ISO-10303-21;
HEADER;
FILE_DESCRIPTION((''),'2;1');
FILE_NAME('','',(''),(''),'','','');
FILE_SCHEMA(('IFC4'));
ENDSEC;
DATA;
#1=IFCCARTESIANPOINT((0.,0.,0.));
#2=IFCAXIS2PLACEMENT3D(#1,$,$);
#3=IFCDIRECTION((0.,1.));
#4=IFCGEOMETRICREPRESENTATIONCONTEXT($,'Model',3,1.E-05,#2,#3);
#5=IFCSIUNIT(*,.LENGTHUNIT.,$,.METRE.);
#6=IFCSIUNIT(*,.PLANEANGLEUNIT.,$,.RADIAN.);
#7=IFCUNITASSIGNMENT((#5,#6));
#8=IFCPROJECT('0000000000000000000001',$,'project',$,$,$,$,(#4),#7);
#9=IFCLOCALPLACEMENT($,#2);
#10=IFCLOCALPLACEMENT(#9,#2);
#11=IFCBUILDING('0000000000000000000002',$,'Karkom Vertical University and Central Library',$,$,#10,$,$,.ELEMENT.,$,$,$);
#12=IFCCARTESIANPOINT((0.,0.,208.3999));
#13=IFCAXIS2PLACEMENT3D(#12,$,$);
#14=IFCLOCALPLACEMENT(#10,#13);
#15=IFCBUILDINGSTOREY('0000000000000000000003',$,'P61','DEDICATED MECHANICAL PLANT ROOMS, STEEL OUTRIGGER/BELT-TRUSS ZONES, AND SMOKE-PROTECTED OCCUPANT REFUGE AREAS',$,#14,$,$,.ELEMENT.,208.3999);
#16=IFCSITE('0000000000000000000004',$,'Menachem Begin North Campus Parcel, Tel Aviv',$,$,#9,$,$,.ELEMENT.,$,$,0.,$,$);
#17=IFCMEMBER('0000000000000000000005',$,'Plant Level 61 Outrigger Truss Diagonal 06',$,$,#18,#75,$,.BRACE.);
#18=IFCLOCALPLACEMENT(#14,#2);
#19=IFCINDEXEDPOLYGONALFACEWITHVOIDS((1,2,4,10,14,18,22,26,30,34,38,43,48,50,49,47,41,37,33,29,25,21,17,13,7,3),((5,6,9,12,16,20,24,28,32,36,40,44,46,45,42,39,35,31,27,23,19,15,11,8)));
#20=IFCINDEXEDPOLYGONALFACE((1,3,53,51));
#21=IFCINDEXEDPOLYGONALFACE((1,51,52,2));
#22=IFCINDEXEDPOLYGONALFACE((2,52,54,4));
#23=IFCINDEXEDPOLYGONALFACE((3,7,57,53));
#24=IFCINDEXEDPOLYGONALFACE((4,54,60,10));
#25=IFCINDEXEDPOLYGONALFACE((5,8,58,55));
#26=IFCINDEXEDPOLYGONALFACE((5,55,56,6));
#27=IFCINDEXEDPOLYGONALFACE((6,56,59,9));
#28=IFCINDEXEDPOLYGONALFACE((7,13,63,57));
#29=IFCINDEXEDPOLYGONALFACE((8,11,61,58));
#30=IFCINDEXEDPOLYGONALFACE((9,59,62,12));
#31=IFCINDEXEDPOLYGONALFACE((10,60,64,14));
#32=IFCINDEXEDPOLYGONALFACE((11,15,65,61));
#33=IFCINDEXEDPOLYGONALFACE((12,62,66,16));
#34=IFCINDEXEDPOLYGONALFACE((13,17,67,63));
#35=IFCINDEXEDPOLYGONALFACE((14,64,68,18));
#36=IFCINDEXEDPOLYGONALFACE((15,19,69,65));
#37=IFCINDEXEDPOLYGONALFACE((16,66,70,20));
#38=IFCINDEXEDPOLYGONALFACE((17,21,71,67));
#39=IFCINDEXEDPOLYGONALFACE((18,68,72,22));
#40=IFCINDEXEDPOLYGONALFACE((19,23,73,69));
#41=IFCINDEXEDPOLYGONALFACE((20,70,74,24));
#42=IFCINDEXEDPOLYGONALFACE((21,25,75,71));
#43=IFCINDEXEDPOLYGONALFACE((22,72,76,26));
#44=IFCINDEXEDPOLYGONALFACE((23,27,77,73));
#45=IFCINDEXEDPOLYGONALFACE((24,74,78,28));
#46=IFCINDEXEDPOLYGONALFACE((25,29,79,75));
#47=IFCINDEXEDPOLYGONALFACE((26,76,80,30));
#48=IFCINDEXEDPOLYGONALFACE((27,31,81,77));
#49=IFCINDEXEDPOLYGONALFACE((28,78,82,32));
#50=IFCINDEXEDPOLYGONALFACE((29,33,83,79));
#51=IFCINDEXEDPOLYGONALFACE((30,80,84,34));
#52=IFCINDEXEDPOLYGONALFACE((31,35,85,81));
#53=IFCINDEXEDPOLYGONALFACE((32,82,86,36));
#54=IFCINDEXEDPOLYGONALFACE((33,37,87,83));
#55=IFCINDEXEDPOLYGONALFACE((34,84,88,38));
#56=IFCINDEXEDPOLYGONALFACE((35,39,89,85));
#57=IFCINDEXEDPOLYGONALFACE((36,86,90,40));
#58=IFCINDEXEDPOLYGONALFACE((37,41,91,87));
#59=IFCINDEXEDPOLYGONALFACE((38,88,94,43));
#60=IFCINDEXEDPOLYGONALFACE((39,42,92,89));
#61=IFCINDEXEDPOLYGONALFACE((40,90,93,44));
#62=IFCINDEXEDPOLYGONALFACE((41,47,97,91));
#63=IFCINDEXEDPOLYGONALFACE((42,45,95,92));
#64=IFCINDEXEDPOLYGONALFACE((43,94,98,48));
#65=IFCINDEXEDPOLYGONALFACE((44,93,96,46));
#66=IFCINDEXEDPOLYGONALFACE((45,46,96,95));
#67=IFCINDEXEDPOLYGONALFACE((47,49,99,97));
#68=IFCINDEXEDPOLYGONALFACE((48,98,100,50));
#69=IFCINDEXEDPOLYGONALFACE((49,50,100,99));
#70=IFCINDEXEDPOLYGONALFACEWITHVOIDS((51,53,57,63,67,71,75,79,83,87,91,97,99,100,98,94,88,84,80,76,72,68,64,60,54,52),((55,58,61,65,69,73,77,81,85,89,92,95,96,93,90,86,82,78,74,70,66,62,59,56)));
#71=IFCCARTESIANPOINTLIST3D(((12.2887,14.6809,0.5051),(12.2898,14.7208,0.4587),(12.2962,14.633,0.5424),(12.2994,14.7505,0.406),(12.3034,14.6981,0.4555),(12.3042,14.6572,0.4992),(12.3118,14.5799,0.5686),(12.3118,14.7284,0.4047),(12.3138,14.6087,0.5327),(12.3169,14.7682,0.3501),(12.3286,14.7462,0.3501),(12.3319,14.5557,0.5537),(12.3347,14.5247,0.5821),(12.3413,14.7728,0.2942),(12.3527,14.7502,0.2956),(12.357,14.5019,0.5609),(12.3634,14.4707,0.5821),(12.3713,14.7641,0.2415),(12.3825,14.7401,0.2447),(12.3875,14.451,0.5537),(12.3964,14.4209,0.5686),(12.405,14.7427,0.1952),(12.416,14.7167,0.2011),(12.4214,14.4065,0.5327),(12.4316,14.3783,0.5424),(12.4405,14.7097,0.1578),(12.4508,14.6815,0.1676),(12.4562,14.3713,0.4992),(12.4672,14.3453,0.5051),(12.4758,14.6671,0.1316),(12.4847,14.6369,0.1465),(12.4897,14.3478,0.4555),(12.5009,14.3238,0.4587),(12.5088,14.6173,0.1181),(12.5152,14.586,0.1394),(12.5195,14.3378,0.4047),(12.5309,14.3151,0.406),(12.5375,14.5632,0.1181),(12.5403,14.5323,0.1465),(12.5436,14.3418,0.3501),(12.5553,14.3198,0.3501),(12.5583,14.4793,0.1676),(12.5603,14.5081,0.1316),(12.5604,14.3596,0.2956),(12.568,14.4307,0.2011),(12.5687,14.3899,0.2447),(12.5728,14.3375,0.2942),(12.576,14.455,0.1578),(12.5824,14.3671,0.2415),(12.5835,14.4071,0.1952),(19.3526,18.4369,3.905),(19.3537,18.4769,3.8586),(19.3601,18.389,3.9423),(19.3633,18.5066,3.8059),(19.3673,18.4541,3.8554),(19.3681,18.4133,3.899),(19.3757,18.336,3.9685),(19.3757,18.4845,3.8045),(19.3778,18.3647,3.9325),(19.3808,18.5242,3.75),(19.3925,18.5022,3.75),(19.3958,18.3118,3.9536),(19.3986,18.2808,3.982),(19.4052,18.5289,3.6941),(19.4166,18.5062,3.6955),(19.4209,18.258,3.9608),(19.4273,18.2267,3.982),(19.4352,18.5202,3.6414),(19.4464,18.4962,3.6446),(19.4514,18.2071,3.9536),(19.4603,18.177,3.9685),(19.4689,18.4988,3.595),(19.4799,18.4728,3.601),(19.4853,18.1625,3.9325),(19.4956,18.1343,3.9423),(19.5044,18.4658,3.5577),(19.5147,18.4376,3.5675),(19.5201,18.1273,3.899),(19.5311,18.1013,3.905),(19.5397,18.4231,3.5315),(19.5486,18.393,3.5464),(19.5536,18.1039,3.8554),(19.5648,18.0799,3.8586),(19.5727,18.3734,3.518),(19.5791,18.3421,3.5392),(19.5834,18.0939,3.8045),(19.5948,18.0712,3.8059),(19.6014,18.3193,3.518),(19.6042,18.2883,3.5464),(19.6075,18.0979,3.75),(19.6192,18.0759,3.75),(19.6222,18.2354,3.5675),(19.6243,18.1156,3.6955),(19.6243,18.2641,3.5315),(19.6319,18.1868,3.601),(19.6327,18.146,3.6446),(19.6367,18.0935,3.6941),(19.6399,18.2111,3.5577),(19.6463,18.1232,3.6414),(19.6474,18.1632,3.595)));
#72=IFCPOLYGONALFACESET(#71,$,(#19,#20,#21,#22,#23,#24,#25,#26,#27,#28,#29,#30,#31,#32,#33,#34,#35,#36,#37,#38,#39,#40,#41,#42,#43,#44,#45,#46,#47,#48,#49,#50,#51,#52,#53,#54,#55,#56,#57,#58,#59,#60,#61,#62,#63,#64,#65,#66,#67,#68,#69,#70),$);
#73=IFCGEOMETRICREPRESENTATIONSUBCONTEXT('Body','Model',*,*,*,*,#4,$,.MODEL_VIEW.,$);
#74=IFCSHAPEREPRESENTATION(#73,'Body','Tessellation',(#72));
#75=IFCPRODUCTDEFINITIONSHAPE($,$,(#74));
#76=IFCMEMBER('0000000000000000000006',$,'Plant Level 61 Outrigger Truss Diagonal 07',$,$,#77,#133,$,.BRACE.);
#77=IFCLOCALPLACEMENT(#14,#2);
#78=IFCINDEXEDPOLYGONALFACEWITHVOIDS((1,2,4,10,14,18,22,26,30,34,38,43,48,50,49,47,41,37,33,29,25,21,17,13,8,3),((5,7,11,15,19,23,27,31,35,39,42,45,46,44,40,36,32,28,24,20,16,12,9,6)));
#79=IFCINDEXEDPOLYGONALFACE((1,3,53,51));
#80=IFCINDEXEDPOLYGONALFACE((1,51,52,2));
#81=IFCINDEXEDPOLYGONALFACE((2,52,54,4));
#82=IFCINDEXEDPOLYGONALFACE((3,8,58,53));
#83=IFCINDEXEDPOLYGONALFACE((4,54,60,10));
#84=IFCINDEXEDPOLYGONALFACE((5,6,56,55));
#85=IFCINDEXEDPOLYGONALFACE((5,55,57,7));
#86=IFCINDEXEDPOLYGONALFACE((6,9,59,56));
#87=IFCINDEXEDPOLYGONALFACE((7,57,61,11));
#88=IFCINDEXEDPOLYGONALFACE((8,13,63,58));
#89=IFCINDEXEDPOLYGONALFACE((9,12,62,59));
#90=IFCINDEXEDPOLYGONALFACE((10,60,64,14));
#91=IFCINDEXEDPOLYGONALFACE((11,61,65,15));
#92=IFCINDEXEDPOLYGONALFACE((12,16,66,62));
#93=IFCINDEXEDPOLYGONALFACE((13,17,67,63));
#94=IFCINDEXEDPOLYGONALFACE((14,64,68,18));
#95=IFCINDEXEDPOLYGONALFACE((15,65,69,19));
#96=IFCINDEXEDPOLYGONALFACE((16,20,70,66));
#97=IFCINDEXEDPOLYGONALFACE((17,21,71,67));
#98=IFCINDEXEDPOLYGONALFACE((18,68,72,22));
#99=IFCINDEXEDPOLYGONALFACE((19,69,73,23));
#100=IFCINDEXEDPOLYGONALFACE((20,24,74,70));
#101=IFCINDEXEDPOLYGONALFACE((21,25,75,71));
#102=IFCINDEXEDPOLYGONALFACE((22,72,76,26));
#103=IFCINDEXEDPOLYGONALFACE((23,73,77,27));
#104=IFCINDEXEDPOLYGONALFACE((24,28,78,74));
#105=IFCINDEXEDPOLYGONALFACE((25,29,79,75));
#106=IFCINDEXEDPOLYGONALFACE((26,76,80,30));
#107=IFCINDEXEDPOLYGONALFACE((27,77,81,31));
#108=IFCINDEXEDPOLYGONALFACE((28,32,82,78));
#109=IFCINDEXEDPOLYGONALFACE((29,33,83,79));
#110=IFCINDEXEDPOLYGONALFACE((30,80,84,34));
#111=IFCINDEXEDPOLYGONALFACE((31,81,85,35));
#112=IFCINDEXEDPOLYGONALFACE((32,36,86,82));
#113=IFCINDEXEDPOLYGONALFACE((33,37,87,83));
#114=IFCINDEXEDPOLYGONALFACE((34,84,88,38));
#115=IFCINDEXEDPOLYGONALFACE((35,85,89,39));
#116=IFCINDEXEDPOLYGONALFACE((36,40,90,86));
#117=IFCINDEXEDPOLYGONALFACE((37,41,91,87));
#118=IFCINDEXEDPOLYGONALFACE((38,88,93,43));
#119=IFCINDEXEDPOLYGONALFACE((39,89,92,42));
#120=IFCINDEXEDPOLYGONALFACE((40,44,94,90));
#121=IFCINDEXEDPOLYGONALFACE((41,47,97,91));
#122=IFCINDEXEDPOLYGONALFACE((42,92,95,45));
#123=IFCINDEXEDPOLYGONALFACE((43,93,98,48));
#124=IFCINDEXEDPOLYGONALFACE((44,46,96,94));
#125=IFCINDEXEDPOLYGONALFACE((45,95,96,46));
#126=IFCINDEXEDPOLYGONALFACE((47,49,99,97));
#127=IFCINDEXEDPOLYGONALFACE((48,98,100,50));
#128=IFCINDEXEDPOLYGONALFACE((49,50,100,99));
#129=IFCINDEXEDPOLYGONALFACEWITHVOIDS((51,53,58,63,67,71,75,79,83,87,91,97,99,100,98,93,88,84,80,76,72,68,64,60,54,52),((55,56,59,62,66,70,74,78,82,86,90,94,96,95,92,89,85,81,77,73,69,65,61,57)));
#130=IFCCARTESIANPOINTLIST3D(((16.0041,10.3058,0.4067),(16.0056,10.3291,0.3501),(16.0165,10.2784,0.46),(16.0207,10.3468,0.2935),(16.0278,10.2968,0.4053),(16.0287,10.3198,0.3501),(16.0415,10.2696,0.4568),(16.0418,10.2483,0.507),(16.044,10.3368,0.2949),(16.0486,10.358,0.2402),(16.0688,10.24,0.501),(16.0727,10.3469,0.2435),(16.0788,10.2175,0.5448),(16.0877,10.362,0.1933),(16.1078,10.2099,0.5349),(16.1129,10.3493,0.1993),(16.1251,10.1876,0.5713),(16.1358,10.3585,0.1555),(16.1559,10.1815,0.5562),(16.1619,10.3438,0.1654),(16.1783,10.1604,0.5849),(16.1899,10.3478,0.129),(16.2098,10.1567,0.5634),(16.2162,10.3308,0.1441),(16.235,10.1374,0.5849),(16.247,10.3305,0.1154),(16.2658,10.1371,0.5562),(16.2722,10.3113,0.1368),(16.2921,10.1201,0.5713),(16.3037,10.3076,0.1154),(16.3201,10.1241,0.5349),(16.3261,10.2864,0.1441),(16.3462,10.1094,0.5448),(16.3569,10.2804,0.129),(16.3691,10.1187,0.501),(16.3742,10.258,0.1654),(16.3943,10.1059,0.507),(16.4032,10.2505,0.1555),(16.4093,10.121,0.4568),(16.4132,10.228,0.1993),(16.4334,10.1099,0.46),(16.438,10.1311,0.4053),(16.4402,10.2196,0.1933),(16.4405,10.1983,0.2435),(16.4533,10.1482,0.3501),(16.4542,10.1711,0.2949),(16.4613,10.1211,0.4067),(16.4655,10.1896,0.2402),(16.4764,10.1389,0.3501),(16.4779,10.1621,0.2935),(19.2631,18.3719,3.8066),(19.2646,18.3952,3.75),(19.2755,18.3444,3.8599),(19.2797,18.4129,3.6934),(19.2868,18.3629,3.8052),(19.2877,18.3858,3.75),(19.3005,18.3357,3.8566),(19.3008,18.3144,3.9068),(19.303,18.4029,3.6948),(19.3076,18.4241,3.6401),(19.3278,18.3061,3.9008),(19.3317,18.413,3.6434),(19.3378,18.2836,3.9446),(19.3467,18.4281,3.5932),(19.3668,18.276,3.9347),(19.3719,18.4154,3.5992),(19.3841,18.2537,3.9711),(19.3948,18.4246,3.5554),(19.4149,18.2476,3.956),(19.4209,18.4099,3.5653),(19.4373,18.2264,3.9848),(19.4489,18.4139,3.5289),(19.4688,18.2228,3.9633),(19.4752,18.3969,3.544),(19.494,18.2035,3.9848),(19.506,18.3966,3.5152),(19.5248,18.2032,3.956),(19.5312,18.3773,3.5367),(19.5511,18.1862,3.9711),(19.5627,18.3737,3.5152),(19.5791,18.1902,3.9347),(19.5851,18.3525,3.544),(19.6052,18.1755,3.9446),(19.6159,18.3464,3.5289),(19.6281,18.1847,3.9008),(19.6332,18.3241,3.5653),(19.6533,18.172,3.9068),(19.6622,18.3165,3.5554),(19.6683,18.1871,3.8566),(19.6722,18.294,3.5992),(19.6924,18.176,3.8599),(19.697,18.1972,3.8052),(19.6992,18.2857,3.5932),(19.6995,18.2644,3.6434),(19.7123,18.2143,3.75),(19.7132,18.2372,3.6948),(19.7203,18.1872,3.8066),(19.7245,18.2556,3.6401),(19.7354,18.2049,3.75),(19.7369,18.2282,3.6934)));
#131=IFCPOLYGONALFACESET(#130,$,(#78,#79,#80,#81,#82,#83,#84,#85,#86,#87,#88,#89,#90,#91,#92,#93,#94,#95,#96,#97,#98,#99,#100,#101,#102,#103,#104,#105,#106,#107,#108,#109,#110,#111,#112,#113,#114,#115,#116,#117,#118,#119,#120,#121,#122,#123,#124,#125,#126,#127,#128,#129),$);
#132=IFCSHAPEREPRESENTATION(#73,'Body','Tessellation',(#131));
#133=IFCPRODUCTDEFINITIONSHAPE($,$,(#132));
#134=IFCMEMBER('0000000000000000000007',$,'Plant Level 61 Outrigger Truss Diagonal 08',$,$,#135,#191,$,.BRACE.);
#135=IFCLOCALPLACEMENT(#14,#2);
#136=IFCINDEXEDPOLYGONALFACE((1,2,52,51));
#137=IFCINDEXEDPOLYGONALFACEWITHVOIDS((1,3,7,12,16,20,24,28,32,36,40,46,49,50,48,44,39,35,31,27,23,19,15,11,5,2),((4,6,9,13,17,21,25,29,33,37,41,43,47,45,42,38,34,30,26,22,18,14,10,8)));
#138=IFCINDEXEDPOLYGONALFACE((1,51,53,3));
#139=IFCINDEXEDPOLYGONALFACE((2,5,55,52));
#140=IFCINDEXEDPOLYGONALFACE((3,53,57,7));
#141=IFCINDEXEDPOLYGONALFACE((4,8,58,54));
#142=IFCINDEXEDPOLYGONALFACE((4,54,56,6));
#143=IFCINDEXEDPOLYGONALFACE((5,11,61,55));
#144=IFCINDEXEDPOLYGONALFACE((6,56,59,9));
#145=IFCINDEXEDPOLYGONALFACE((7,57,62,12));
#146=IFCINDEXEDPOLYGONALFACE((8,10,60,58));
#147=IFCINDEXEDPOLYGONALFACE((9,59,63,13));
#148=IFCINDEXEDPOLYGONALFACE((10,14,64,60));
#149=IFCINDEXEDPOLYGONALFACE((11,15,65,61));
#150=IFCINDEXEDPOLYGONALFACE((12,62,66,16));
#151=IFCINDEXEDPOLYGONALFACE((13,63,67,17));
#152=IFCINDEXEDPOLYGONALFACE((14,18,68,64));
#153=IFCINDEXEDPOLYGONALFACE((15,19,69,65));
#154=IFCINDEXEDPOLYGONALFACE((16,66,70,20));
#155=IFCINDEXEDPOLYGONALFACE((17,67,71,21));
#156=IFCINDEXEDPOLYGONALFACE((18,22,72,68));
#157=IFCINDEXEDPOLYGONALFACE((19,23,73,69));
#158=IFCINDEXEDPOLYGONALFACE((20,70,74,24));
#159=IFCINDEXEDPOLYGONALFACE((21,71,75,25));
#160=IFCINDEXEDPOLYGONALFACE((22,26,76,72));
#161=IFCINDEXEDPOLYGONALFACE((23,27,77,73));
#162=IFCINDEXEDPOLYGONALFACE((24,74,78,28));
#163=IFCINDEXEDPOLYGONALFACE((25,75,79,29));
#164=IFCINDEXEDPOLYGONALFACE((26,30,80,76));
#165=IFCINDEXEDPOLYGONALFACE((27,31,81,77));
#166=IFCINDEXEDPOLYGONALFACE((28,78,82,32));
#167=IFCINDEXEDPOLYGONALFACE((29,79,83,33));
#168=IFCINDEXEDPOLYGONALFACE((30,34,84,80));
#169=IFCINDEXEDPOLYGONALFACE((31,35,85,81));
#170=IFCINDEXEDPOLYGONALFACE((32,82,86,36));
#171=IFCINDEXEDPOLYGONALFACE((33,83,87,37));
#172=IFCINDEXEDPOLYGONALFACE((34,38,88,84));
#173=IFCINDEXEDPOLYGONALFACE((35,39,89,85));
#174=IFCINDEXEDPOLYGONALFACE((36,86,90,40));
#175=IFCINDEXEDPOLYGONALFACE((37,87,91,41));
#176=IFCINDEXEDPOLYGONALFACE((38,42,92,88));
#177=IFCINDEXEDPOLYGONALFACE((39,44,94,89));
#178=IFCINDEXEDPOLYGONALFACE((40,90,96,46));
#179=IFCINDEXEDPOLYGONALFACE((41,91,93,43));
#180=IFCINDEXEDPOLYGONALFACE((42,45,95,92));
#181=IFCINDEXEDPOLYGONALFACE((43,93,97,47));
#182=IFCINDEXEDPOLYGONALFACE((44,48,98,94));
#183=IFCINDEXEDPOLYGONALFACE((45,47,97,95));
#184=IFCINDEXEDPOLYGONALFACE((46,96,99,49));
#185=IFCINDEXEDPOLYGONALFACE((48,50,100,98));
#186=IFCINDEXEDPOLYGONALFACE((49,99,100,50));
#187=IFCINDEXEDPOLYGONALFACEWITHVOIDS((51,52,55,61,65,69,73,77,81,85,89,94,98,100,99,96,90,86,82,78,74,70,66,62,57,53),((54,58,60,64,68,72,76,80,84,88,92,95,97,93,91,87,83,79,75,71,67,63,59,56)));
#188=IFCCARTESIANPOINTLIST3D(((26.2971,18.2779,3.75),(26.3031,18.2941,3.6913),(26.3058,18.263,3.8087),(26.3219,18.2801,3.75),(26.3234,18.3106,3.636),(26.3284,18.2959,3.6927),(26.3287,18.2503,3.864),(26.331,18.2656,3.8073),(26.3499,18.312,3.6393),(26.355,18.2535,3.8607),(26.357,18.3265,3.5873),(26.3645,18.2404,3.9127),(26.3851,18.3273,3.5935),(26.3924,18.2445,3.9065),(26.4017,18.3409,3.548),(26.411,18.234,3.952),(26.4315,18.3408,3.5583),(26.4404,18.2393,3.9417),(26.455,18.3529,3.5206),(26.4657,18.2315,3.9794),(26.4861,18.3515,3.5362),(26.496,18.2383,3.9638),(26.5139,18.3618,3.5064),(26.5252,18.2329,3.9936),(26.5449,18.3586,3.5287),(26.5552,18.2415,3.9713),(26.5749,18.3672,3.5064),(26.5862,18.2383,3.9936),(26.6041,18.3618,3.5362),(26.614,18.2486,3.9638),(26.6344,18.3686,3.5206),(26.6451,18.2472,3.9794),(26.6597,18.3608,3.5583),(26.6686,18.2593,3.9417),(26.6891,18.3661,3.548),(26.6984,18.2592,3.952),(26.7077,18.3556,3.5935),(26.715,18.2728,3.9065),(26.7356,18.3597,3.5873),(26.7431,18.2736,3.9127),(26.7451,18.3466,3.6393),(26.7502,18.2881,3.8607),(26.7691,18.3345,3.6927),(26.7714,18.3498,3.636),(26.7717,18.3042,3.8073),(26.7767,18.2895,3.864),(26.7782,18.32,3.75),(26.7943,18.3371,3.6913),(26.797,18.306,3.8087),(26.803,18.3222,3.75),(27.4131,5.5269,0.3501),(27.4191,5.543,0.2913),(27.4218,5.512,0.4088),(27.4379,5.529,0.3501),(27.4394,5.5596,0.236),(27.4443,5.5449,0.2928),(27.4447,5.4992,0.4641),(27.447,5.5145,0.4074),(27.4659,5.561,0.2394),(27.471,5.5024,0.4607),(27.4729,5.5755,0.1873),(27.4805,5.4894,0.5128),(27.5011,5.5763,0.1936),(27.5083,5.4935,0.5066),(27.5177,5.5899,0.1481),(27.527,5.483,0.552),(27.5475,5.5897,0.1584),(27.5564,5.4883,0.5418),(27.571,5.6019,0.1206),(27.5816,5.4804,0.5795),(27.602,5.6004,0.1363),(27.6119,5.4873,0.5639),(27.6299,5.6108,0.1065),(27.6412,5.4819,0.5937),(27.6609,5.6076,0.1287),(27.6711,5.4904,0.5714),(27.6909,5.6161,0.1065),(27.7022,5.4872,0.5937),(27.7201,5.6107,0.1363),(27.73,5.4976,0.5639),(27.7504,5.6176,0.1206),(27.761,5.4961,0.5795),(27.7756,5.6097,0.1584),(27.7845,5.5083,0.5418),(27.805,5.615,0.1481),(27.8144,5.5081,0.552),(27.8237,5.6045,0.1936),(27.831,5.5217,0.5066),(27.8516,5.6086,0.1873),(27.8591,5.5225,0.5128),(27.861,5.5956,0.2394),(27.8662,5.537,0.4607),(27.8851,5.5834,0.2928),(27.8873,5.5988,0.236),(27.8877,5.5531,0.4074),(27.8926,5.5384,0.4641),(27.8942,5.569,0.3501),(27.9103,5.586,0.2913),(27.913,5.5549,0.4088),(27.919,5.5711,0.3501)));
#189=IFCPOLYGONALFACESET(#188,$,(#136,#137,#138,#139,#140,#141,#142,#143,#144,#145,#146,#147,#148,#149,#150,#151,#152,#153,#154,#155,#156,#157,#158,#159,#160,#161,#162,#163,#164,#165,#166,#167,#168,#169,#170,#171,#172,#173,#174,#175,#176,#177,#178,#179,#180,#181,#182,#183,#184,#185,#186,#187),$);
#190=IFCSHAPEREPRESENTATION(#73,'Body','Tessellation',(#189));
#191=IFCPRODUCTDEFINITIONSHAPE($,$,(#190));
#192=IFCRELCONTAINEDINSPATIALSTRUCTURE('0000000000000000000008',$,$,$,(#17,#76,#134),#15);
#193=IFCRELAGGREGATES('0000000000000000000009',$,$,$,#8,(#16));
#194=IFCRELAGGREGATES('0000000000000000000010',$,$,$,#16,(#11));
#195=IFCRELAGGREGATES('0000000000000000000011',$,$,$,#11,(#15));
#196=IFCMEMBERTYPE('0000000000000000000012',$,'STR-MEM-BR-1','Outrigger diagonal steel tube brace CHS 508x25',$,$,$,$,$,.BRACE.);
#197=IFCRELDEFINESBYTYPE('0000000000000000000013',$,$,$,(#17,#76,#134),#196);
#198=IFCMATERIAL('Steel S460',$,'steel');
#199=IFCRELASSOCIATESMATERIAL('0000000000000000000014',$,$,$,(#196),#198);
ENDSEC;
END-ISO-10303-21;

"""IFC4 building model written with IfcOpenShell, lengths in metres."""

from ifc_helpers import new_model, si_unit, direction, frame, origin, origin_with_axes, origin_2d, place, context, subcontext, project, spatial, hollow_circle, extrude, source, transform, mapped, material, material_profile, profile_set, type_object, element, save


model = new_model("IFC4")

# Units and contexts
model_context = context("Model", 3, precision=1e-05, world=origin(), true_north=direction((0.0, 1.0)))
body_context = subcontext(model_context, "Body", "Model", "MODEL_VIEW")
ifc_project = project(units=[si_unit("LENGTHUNIT", "METRE"), si_unit("PLANEANGLEUNIT", "RADIAN")], contexts=[model_context])

# Site, building, storey
site_placement = place(None, origin())
site = spatial("IfcSite", under=ifc_project, at=site_placement, Name="Menachem Begin North Campus Parcel, Tel Aviv", CompositionType="ELEMENT", RefElevation=0.0)
building_placement = place(site_placement, origin())
building = spatial("IfcBuilding", under=site, at=building_placement, Name="Karkom Vertical University and Central Library", CompositionType="ELEMENT")
storey_placement = place(building_placement, frame((0.0, 0.0, 208.3999)))
storey = spatial("IfcBuildingStorey", under=building, at=storey_placement, Name="P61", Description="DEDICATED MECHANICAL PLANT ROOMS, STEEL OUTRIGGER/BELT-TRUSS ZONES, AND SMOKE-PROTECTED OCCUPANT REFUGE AREAS", CompositionType="ELEMENT", Elevation=208.3999)

# Members
ifc_material_1 = material(Name="Steel S460", Category="steel")
ifc_material_profile_1 = material_profile(ifc_material_1, hollow_circle(Radius=0.2539, WallThickness=0.0249, at=origin_2d()), Name="CHS 508x25")
ifc_profile_set_1 = profile_set([ifc_material_profile_1], Name="Steel S460")
member_type = type_object("IfcMemberType", Name="STR-MEM-BR-1", Description="Outrigger diagonal steel tube brace CHS 508x25", PredefinedType="BRACE", material=ifc_profile_set_1)
shared_shape_1 = source(origin_with_axes(), body_context, "Body", "SweptSolid", [
    extrude(hollow_circle(Radius=0.2539, WallThickness=0.0249, at=origin_2d()), origin(), (0.0, 0.0, 1.0), 8.6929),
])
member_1_placement = place(storey_placement, frame((19.5, 18.3, 3.75), z_axis=(-0.812609, -0.432087, -0.391111), x_axis=(0.469484, -0.882941, 0.0)))
element("IfcMember", 1, at=member_1_placement, inside=storey, type_object=member_type, Name="Plant Level 61 Outrigger Truss Diagonal 06", PredefinedType="BRACE", context=body_context, shape_type="MappedRepresentation", body=[
    mapped(shared_shape_1, transform((0.0, 0.0, 0.0), scale=1.0)),
])
shared_shape_2 = source(origin_with_axes(), body_context, "Body", "SweptSolid", [
    extrude(hollow_circle(Radius=0.2539, WallThickness=0.0249, at=origin_2d()), origin(), (0.0, 0.0, 1.0), 9.3403),
])
member_2_placement = place(storey_placement, frame((19.5, 18.3, 3.75), z_axis=(-0.348917, -0.863575, -0.363999), x_axis=(0.92718, -0.374616, 0.0)))
element("IfcMember", 2, at=member_2_placement, inside=storey, type_object=member_type, Name="Plant Level 61 Outrigger Truss Diagonal 07", PredefinedType="BRACE", context=body_context, shape_type="MappedRepresentation", body=[
    mapped(shared_shape_2, transform((0.0, 0.0, 0.0), scale=1.0)),
])
shared_shape_3 = source(origin_with_axes(), body_context, "Body", "SweptSolid", [
    extrude(hollow_circle(Radius=0.2539, WallThickness=0.0249, at=origin_2d()), origin(), (0.0, 0.0, 1.0), 13.2437),
])
member_3_placement = place(storey_placement, frame((26.55, 18.3, 3.75), z_axis=(0.084265, -0.962805, -0.256721), x_axis=(0.996192, 0.087187, 0.0)))
element("IfcMember", 3, at=member_3_placement, inside=storey, type_object=member_type, Name="Plant Level 61 Outrigger Truss Diagonal 08", PredefinedType="BRACE", context=body_context, shape_type="MappedRepresentation", body=[
    mapped(shared_shape_3, transform((0.0, 0.0, 0.0), scale=1.0)),
])

save(model, "model.ifc")
